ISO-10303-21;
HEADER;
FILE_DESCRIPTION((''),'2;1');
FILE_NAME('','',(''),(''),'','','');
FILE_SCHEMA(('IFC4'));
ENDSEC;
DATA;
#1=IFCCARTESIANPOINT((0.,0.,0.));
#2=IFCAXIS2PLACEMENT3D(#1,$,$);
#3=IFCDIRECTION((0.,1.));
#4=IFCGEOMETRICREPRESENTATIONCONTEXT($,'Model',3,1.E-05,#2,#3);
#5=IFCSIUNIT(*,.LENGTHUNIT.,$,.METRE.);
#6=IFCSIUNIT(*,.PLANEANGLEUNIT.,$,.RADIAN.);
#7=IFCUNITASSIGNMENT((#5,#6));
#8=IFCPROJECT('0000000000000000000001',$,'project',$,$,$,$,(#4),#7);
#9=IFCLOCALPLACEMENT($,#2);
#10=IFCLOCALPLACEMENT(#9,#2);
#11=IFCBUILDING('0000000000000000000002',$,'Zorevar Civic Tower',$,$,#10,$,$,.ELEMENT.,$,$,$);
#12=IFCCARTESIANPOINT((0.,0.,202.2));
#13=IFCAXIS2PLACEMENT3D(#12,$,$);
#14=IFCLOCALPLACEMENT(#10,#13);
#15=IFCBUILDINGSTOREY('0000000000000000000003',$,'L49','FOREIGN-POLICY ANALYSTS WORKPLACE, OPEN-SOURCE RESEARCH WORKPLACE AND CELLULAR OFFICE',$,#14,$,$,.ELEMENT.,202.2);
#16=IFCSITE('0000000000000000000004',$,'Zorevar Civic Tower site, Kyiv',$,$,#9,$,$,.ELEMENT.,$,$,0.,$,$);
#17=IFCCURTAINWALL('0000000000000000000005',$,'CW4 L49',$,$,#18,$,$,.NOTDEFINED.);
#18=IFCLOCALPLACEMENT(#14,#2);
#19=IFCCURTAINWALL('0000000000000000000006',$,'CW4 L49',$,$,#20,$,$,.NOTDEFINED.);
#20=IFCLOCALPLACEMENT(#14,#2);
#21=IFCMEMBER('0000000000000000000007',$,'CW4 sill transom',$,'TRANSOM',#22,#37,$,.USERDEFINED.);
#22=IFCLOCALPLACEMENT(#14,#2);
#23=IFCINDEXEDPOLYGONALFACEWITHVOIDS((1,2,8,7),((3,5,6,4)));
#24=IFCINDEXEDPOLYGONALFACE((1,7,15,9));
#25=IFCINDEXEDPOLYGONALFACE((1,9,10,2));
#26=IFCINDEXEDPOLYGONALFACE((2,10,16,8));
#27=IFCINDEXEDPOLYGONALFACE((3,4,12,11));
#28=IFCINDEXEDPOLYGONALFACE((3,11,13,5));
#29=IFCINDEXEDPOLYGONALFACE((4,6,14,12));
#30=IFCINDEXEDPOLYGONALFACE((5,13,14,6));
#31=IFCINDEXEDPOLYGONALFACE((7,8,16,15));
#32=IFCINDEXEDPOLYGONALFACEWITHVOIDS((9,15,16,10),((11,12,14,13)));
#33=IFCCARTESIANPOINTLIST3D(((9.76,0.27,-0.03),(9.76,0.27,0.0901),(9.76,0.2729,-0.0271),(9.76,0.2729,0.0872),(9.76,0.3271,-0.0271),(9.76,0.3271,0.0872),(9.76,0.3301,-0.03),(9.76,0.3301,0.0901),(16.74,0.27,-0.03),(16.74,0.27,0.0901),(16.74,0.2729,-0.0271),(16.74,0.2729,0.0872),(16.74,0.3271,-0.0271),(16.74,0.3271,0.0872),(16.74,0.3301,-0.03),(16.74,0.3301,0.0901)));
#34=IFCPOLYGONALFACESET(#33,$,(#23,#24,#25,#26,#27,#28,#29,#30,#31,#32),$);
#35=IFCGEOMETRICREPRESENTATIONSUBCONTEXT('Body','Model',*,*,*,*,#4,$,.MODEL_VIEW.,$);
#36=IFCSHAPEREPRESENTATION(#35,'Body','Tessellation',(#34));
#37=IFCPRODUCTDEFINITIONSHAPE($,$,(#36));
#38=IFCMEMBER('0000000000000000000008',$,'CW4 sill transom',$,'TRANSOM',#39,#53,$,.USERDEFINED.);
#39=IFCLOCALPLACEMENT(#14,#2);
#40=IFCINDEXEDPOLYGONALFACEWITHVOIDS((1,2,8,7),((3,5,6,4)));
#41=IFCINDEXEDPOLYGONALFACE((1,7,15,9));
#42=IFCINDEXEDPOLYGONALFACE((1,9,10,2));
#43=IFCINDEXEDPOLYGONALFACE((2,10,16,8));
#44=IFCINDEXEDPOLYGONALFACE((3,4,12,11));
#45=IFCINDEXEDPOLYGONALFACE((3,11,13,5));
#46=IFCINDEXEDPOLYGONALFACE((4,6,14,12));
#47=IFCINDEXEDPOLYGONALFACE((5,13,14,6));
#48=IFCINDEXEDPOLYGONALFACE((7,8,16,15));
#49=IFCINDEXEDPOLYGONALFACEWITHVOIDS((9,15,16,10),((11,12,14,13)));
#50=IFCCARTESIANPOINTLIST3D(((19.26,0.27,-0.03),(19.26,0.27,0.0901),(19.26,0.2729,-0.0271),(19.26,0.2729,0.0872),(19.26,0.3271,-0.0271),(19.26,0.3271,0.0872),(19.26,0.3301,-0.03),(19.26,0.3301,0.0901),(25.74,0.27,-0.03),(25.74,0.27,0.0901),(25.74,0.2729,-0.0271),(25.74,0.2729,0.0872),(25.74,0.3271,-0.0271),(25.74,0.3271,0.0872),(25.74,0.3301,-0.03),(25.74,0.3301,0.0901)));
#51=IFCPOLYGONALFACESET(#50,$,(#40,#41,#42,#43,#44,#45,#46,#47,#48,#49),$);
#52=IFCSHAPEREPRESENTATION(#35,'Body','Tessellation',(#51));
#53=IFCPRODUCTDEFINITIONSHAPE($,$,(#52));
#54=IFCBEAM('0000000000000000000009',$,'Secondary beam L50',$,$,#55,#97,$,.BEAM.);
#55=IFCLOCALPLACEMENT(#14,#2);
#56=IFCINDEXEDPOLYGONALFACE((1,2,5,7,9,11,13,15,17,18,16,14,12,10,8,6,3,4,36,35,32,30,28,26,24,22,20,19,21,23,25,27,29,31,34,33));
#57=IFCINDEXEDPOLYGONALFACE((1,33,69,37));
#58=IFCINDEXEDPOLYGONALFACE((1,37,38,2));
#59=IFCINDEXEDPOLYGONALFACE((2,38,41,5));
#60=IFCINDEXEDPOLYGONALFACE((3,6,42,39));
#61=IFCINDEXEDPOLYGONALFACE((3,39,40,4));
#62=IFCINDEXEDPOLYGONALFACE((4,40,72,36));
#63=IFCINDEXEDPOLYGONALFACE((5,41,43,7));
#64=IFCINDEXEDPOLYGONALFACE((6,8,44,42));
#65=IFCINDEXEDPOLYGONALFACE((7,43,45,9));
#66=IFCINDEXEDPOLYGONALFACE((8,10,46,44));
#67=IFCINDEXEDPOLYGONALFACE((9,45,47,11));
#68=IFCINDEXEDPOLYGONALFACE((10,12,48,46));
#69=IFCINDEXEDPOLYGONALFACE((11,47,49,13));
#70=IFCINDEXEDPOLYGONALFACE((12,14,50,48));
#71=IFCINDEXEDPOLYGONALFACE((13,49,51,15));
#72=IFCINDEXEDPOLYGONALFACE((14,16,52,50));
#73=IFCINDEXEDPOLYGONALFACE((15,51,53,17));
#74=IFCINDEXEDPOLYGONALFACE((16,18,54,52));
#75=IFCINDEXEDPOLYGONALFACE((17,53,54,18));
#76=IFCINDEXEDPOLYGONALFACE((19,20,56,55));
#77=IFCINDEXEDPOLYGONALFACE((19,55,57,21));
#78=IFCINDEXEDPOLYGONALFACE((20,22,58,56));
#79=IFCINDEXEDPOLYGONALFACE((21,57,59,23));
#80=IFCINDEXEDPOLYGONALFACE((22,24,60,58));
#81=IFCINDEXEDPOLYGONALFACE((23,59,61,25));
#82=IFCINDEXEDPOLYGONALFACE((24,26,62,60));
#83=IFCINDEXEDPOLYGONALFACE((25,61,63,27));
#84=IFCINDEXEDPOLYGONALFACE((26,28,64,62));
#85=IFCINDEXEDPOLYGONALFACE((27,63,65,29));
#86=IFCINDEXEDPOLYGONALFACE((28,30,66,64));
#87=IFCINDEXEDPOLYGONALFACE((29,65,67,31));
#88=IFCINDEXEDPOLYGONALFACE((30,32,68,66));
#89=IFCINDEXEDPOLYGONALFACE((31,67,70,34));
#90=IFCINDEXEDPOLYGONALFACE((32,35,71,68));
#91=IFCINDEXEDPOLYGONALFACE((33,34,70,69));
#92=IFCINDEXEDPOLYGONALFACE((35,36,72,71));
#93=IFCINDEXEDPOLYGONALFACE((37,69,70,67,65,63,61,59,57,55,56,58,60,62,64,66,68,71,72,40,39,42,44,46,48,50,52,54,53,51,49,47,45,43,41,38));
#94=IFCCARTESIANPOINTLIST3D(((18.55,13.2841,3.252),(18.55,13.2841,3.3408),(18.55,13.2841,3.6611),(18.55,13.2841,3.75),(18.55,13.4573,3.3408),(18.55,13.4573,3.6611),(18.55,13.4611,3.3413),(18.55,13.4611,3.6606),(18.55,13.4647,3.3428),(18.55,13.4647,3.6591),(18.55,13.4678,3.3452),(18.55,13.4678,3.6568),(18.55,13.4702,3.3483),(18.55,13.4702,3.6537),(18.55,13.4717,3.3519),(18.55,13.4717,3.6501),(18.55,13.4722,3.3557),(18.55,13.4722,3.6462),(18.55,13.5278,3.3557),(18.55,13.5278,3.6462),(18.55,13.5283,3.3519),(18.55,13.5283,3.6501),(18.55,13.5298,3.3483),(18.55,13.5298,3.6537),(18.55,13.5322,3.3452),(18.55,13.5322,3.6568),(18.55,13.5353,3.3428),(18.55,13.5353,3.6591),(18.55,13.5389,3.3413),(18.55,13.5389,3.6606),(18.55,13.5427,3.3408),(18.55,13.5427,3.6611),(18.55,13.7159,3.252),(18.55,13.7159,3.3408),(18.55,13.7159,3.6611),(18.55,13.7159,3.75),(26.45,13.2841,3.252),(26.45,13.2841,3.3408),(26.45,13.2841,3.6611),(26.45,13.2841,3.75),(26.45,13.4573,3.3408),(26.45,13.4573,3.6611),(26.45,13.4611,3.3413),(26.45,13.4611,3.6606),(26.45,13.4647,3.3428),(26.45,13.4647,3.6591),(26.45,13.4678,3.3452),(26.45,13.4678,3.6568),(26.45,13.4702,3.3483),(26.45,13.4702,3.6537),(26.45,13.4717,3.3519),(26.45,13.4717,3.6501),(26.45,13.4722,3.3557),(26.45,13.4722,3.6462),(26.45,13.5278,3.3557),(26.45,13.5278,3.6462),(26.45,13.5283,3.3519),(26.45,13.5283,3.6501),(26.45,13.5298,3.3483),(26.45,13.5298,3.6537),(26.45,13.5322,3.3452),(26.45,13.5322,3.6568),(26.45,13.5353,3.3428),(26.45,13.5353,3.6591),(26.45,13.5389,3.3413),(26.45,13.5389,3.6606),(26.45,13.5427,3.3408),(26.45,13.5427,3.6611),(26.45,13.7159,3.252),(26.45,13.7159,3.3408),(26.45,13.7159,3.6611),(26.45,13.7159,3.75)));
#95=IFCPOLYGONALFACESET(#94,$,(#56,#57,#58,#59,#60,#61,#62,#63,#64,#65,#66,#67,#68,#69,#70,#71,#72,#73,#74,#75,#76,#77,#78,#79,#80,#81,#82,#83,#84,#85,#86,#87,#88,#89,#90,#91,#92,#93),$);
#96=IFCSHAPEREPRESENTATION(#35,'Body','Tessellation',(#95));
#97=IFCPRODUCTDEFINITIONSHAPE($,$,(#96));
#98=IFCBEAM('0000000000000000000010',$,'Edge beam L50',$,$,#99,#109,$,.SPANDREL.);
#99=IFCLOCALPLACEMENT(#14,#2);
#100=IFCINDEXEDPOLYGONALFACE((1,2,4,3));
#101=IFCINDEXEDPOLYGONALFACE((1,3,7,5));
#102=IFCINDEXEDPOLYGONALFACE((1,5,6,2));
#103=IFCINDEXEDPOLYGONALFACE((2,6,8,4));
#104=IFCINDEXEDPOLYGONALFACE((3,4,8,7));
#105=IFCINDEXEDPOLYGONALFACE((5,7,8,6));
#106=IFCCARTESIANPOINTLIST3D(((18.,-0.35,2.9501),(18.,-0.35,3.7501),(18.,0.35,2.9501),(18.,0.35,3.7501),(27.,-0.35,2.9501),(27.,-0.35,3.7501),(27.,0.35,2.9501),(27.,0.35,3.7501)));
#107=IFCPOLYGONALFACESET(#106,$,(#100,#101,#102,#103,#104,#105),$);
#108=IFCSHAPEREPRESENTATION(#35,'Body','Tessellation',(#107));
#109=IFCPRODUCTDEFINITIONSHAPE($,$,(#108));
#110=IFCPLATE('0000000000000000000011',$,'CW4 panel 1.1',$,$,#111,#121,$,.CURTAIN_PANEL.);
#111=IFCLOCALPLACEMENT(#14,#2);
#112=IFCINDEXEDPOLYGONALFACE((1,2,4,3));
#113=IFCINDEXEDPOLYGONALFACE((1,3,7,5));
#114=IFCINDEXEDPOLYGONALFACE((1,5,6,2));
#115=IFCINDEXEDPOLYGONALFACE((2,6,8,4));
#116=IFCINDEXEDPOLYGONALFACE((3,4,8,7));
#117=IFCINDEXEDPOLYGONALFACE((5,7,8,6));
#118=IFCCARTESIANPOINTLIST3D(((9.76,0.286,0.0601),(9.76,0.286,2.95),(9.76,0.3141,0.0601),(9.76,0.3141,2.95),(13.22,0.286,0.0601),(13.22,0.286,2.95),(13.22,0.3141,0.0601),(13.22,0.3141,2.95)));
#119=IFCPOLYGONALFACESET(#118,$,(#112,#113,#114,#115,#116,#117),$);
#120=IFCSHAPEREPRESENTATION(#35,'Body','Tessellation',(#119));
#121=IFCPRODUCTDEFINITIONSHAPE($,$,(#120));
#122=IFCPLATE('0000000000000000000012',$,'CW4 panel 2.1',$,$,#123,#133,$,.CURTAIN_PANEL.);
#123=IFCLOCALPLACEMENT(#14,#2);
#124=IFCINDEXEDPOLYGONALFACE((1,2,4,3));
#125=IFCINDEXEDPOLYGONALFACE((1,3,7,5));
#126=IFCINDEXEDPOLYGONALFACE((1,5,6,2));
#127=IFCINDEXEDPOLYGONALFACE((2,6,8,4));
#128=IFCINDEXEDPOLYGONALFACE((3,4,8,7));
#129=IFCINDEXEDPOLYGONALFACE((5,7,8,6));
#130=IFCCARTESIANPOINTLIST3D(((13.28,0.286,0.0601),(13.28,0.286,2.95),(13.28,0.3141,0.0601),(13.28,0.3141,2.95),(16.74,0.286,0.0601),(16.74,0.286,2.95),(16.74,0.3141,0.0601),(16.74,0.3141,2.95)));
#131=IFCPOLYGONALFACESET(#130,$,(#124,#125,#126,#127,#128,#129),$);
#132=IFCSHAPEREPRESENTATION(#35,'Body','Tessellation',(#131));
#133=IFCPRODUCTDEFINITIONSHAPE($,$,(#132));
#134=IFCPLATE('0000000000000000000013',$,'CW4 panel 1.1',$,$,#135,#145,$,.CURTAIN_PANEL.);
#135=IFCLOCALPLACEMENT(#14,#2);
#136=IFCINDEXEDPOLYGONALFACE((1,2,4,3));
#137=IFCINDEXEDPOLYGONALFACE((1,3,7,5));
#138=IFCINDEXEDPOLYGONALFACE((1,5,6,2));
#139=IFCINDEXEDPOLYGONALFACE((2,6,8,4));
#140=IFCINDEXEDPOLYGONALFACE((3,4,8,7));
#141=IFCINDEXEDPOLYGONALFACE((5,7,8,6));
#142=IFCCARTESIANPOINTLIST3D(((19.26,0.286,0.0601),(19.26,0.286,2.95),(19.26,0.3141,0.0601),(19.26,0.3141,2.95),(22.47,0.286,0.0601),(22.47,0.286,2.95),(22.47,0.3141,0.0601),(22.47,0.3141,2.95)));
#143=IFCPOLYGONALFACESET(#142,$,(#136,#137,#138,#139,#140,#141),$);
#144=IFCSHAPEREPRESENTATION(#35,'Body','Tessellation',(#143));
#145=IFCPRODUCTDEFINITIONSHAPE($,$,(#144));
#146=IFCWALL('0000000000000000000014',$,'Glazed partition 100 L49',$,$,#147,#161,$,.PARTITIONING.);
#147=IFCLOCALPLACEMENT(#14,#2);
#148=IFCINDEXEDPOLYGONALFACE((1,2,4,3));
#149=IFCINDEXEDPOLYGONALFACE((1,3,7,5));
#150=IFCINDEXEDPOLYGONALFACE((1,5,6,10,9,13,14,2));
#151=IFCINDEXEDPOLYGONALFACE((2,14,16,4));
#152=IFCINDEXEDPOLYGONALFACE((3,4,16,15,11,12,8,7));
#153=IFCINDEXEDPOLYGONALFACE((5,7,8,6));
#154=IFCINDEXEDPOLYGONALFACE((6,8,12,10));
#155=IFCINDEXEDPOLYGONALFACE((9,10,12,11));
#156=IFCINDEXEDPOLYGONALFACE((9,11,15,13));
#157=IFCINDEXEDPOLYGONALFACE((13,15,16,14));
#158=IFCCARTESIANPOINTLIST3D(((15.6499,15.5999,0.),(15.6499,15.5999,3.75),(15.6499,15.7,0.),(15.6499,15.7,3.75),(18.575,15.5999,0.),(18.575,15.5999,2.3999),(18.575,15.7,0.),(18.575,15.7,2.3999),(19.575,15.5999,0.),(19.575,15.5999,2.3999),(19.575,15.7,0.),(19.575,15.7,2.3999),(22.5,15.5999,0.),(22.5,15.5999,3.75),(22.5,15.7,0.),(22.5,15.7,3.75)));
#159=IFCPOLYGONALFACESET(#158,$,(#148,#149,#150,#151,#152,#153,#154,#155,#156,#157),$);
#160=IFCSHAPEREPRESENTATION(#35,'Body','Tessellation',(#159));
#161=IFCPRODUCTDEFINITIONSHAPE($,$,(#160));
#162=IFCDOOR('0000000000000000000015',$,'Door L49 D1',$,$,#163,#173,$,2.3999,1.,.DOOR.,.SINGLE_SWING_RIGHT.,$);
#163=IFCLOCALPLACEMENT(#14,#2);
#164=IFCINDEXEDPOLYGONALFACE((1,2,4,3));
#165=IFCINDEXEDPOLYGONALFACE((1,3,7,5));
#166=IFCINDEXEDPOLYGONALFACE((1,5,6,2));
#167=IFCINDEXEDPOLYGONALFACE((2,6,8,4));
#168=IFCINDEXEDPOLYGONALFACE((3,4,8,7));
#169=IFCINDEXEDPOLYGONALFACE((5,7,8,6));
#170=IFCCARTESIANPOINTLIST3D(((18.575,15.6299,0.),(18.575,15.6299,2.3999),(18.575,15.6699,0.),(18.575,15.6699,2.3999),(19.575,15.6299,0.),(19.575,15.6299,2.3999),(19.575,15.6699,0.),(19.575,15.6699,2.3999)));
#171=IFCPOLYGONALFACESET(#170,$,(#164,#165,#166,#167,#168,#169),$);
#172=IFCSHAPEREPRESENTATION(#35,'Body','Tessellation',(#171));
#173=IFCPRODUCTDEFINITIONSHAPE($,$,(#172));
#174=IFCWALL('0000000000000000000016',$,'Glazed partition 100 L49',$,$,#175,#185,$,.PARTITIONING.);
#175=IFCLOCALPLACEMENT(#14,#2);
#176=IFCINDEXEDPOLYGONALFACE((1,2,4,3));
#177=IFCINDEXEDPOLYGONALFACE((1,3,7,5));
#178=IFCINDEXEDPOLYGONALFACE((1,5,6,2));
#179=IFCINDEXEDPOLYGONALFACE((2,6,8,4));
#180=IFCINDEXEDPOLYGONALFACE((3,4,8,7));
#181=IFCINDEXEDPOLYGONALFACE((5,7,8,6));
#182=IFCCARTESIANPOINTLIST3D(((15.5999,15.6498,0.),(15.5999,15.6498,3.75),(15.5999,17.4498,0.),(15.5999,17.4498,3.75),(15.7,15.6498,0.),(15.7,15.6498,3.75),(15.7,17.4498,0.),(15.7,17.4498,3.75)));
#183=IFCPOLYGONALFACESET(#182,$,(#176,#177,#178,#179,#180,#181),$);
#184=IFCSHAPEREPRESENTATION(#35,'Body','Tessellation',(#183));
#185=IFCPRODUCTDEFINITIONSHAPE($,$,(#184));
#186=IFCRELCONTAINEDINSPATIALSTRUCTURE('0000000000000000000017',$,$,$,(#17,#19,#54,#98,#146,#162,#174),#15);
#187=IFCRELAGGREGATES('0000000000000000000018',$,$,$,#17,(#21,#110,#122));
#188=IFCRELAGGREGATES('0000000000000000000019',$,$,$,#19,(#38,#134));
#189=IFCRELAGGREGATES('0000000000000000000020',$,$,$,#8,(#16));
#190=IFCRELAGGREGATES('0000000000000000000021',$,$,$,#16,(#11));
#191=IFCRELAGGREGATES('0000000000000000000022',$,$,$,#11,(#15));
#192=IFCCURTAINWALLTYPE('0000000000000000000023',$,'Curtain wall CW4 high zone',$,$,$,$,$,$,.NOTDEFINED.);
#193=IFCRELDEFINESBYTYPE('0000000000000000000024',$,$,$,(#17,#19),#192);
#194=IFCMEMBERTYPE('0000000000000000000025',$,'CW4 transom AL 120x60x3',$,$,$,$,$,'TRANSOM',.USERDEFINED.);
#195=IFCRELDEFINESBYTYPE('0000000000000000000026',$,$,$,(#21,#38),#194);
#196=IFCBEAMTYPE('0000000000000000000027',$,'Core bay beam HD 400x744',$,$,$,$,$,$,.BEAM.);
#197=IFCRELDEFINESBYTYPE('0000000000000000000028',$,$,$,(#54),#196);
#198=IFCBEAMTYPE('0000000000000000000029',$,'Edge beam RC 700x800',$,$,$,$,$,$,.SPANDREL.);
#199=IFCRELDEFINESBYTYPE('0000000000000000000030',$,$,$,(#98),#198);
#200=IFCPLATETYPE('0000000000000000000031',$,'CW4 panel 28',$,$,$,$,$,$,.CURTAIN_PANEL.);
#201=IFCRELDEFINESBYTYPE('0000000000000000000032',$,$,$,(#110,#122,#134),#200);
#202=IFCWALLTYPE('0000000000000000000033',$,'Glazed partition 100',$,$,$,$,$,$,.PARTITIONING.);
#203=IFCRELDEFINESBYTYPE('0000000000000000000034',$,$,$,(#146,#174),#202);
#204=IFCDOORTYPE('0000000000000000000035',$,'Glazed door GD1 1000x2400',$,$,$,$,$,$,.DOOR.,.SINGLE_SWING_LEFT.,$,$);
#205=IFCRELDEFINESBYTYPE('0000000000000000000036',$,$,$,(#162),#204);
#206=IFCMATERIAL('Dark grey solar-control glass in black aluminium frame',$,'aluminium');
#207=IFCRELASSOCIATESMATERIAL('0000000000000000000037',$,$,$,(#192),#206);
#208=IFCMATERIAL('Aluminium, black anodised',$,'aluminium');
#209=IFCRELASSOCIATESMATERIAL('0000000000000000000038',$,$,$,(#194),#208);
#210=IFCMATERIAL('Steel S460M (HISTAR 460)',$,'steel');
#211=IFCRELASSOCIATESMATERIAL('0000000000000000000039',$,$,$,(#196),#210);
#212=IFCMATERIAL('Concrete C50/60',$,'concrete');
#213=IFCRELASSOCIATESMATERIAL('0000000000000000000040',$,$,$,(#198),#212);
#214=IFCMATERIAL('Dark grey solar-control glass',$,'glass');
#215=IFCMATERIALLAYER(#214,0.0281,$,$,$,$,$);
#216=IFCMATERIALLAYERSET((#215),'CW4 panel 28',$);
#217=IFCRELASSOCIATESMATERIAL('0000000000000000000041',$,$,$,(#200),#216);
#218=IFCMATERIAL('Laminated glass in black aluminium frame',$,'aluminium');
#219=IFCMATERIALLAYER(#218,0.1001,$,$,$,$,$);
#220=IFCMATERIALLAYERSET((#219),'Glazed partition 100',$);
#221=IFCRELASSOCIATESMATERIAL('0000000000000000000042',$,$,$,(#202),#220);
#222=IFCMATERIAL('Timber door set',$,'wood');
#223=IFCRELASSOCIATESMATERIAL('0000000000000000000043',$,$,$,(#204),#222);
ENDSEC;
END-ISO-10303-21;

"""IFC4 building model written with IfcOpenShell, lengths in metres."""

from ifc_helpers import new_model, si_unit, direction, frame, frame_2d, origin, origin_2d, place, context, subcontext, project, spatial, rectangle, hollow_rectangle, i_section, extrude, material, layer, layer_set, material_profile, profile_set, type_object, element, fill, aggregate, save


model = new_model("IFC4")

# Units and contexts
model_context = context("Model", 3, precision=1e-05, world=origin(), true_north=direction((0.0, 1.0)))
body_context = subcontext(model_context, "Body", "Model", "MODEL_VIEW")
ifc_project = project(units=[si_unit("LENGTHUNIT", "METRE"), si_unit("PLANEANGLEUNIT", "RADIAN")], contexts=[model_context])

# Site, building, storey
site_placement = place(None, origin())
site = spatial("IfcSite", under=ifc_project, at=site_placement, Name="Zorevar Civic Tower site, Kyiv", CompositionType="ELEMENT", RefElevation=0.0)
building_placement = place(site_placement, origin())
building = spatial("IfcBuilding", under=site, at=building_placement, Name="Zorevar Civic Tower", CompositionType="ELEMENT")
storey_placement = place(building_placement, frame((0.0, 0.0, 202.2)))
storey = spatial("IfcBuildingStorey", under=building, at=storey_placement, Name="L49", Description="FOREIGN-POLICY ANALYSTS WORKPLACE, OPEN-SOURCE RESEARCH WORKPLACE AND CELLULAR OFFICE", CompositionType="ELEMENT", Elevation=202.2)

# Curtain walls
ifc_material_1 = material(Name="Dark grey solar-control glass in black aluminium frame", Category="aluminium")
curtain_wall_type = type_object("IfcCurtainWallType", Name="Curtain wall CW4 high zone", PredefinedType="NOTDEFINED", material=ifc_material_1)
curtain_wall_1_placement = place(storey_placement, origin())
curtain_wall_1 = element("IfcCurtainWall", 1, at=curtain_wall_1_placement, inside=storey, type_object=curtain_wall_type, Name="CW4 L49", PredefinedType="NOTDEFINED")
curtain_wall_2_placement = place(storey_placement, origin())
curtain_wall_2 = element("IfcCurtainWall", 2, at=curtain_wall_2_placement, inside=storey, type_object=curtain_wall_type, Name="CW4 L49", PredefinedType="NOTDEFINED")

# Members
ifc_material_2 = material(Name="Aluminium, black anodised", Category="aluminium")
ifc_material_profile_1 = material_profile(ifc_material_2, hollow_rectangle(XDim=0.0601, YDim=0.1201, WallThickness=0.0029, at=origin_2d()), Name="AL 120x60x3")
ifc_profile_set_1 = profile_set([ifc_material_profile_1], Name="Aluminium, black anodised")
member_type_1 = type_object("IfcMemberType", Name="CW4 transom AL 120x60x3", ElementType="TRANSOM", PredefinedType="USERDEFINED", material=ifc_profile_set_1)
member_1_placement = place(storey_placement, frame((9.76, 0.3, 0.03), z_axis=(1.0, 0.0, 0.0), x_axis=(0.0, 1.0, 0.0)))
member_1 = element("IfcMember", 3, at=member_1_placement, type_object=member_type_1, Name="CW4 sill transom", ObjectType="TRANSOM", PredefinedType="USERDEFINED", context=body_context, shape_type="SweptSolid", body=[
    extrude(hollow_rectangle(XDim=0.0601, YDim=0.1201, WallThickness=0.0029, at=origin_2d()), origin(), (0.0, 0.0, 1.0), 6.98),
])
member_2_placement = place(storey_placement, frame((19.26, 0.3, 0.03), z_axis=(1.0, 0.0, 0.0), x_axis=(0.0, 1.0, 0.0)))
member_2 = element("IfcMember", 4, at=member_2_placement, type_object=member_type_1, Name="CW4 sill transom", ObjectType="TRANSOM", PredefinedType="USERDEFINED", context=body_context, shape_type="SweptSolid", body=[
    extrude(hollow_rectangle(XDim=0.0601, YDim=0.1201, WallThickness=0.0029, at=origin_2d()), origin(), (0.0, 0.0, 1.0), 6.48),
])

# Beams
ifc_material_3 = material(Name="Steel S460M (HISTAR 460)", Category="steel")
ifc_material_profile_2 = material_profile(ifc_material_3, i_section(OverallWidth=0.4319, OverallDepth=0.498, WebThickness=0.0557, FlangeThickness=0.0889, FilletRadius=0.0149, at=origin_2d()), Name="HD 400x744")
ifc_profile_set_2 = profile_set([ifc_material_profile_2], Name="Steel S460M (HISTAR 460)")
beam_type_1 = type_object("IfcBeamType", Name="Core bay beam HD 400x744", PredefinedType="BEAM", material=ifc_profile_set_2)
beam_1_placement = place(storey_placement, frame((18.55, 13.5, 3.501), z_axis=(1.0, 0.0, 0.0), x_axis=(0.0, 1.0, 0.0)))
element("IfcBeam", 5, at=beam_1_placement, inside=storey, type_object=beam_type_1, Name="Secondary beam L50", PredefinedType="BEAM", context=body_context, shape_type="SweptSolid", body=[
    extrude(i_section(OverallWidth=0.4319, OverallDepth=0.498, WebThickness=0.0557, FlangeThickness=0.0889, FilletRadius=0.0149, at=origin_2d()), origin(), (0.0, 0.0, 1.0), 7.8999),
])
ifc_material_4 = material(Name="Concrete C50/60", Category="concrete")
ifc_material_profile_3 = material_profile(ifc_material_4, rectangle(XDim=0.7, YDim=0.8, at=origin_2d()), Name="RC 700x800")
ifc_profile_set_3 = profile_set([ifc_material_profile_3], Name="Concrete C50/60")
beam_type_2 = type_object("IfcBeamType", Name="Edge beam RC 700x800", PredefinedType="SPANDREL", material=ifc_profile_set_3)
beam_2_placement = place(storey_placement, frame((18.0, 0.0, 3.3501), z_axis=(1.0, 0.0, 0.0), x_axis=(0.0, 1.0, 0.0)))
element("IfcBeam", 6, at=beam_2_placement, inside=storey, type_object=beam_type_2, Name="Edge beam L50", PredefinedType="SPANDREL", context=body_context, shape_type="SweptSolid", body=[
    extrude(rectangle(XDim=0.7, YDim=0.8, at=origin_2d()), origin(), (0.0, 0.0, 1.0), 9.0),
])

# Plates
ifc_material_5 = material(Name="Dark grey solar-control glass", Category="glass")
ifc_layer_1 = layer(ifc_material_5, 0.0281)
ifc_layer_set_1 = layer_set([ifc_layer_1], Name="CW4 panel 28")
plate_type = type_object("IfcPlateType", Name="CW4 panel 28", PredefinedType="CURTAIN_PANEL", material=ifc_layer_set_1)
plate_1_placement = place(storey_placement, frame((11.49, 0.3, 0.0601), z_axis=(0.0, 0.0, 1.0), x_axis=(1.0, 0.0, 0.0)))
plate_1 = element("IfcPlate", 7, at=plate_1_placement, type_object=plate_type, Name="CW4 panel 1.1", PredefinedType="CURTAIN_PANEL", context=body_context, shape_type="SweptSolid", body=[
    extrude(rectangle(XDim=3.46, YDim=0.0281, at=origin_2d()), origin(), (0.0, 0.0, 1.0), 2.8899),
])
plate_2_placement = place(storey_placement, frame((15.01, 0.3, 0.0601), z_axis=(0.0, 0.0, 1.0), x_axis=(1.0, 0.0, 0.0)))
plate_2 = element("IfcPlate", 8, at=plate_2_placement, type_object=plate_type, Name="CW4 panel 2.1", PredefinedType="CURTAIN_PANEL", context=body_context, shape_type="SweptSolid", body=[
    extrude(rectangle(XDim=3.46, YDim=0.0281, at=origin_2d()), origin(), (0.0, 0.0, 1.0), 2.8899),
])
aggregate(curtain_wall_1, [member_1, plate_1, plate_2])
plate_3_placement = place(storey_placement, frame((20.865, 0.3, 0.0601), z_axis=(0.0, 0.0, 1.0), x_axis=(1.0, 0.0, 0.0)))
plate_3 = element("IfcPlate", 9, at=plate_3_placement, type_object=plate_type, Name="CW4 panel 1.1", PredefinedType="CURTAIN_PANEL", context=body_context, shape_type="SweptSolid", body=[
    extrude(rectangle(XDim=3.21, YDim=0.0281, at=origin_2d()), origin(), (0.0, 0.0, 1.0), 2.8899),
])
aggregate(curtain_wall_2, [member_2, plate_3])

# Wall, opening, door
ifc_material_6 = material(Name="Laminated glass in black aluminium frame", Category="aluminium")
ifc_layer_2 = layer(ifc_material_6, 0.1001)
ifc_layer_set_2 = layer_set([ifc_layer_2], Name="Glazed partition 100")
wall_type = type_object("IfcWallType", Name="Glazed partition 100", PredefinedType="PARTITIONING", material=ifc_layer_set_2)
wall_1_placement = place(storey_placement, frame((15.6499, 15.6499, 0.0), z_axis=(0.0, 0.0, 1.0), x_axis=(1.0, 0.0, 0.0)))
wall_1 = element("IfcWall", 10, at=wall_1_placement, inside=storey, type_object=wall_type, Name="Glazed partition 100 L49", PredefinedType="PARTITIONING", context=body_context, shape_type="SweptSolid", body=[
    extrude(rectangle(XDim=6.8501, YDim=0.1001, at=frame_2d((3.425, 0.0))), origin(), (0.0, 0.0, 1.0), 3.75),
])
opening_placement = place(wall_1_placement, frame((2.925, 0.0, 0.0)))
opening = element("IfcOpeningElement", 11, at=opening_placement, cuts=wall_1, PredefinedType="OPENING", context=body_context, shape_type="SweptSolid", body=[
    extrude(rectangle(XDim=1.0, YDim=2.3999, at=frame_2d((0.5, 1.2))), frame((0.0, 0.0601, 0.0), z_axis=(0.0, -1.0, 0.0), x_axis=(1.0, 0.0, 0.0)), (0.0, 0.0, 1.0), 0.1201),
])
ifc_material_7 = material(Name="Timber door set", Category="wood")
door_type = type_object("IfcDoorType", Name="Glazed door GD1 1000x2400", OperationType="SINGLE_SWING_LEFT", PredefinedType="DOOR", material=ifc_material_7)
door_placement = place(opening_placement, origin())
door = element("IfcDoor", 12, at=door_placement, inside=storey, type_object=door_type, Name="Door L49 D1", OperationType="SINGLE_SWING_RIGHT", OverallHeight=2.3999, OverallWidth=1.0, PredefinedType="DOOR", context=body_context, shape_type="SweptSolid", body=[
    extrude(rectangle(XDim=1.0, YDim=2.3999, at=frame_2d((0.5, 1.2))), frame((0.0, 0.02, 0.0), z_axis=(0.0, -1.0, 0.0), x_axis=(1.0, 0.0, 0.0)), (0.0, 0.0, 1.0), 0.04),
])
fill(opening, door)

# Wall
wall_2_placement = place(storey_placement, frame((15.6499, 15.6499, 0.0), z_axis=(0.0, 0.0, 1.0), x_axis=(0.0, 1.0, 0.0)))
element("IfcWall", 13, at=wall_2_placement, inside=storey, type_object=wall_type, Name="Glazed partition 100 L49", PredefinedType="PARTITIONING", context=body_context, shape_type="SweptSolid", body=[
    extrude(rectangle(XDim=1.8, YDim=0.1001, at=frame_2d((0.8999, 0.0))), origin(), (0.0, 0.0, 1.0), 3.75),
])

save(model, "model.ifc")
